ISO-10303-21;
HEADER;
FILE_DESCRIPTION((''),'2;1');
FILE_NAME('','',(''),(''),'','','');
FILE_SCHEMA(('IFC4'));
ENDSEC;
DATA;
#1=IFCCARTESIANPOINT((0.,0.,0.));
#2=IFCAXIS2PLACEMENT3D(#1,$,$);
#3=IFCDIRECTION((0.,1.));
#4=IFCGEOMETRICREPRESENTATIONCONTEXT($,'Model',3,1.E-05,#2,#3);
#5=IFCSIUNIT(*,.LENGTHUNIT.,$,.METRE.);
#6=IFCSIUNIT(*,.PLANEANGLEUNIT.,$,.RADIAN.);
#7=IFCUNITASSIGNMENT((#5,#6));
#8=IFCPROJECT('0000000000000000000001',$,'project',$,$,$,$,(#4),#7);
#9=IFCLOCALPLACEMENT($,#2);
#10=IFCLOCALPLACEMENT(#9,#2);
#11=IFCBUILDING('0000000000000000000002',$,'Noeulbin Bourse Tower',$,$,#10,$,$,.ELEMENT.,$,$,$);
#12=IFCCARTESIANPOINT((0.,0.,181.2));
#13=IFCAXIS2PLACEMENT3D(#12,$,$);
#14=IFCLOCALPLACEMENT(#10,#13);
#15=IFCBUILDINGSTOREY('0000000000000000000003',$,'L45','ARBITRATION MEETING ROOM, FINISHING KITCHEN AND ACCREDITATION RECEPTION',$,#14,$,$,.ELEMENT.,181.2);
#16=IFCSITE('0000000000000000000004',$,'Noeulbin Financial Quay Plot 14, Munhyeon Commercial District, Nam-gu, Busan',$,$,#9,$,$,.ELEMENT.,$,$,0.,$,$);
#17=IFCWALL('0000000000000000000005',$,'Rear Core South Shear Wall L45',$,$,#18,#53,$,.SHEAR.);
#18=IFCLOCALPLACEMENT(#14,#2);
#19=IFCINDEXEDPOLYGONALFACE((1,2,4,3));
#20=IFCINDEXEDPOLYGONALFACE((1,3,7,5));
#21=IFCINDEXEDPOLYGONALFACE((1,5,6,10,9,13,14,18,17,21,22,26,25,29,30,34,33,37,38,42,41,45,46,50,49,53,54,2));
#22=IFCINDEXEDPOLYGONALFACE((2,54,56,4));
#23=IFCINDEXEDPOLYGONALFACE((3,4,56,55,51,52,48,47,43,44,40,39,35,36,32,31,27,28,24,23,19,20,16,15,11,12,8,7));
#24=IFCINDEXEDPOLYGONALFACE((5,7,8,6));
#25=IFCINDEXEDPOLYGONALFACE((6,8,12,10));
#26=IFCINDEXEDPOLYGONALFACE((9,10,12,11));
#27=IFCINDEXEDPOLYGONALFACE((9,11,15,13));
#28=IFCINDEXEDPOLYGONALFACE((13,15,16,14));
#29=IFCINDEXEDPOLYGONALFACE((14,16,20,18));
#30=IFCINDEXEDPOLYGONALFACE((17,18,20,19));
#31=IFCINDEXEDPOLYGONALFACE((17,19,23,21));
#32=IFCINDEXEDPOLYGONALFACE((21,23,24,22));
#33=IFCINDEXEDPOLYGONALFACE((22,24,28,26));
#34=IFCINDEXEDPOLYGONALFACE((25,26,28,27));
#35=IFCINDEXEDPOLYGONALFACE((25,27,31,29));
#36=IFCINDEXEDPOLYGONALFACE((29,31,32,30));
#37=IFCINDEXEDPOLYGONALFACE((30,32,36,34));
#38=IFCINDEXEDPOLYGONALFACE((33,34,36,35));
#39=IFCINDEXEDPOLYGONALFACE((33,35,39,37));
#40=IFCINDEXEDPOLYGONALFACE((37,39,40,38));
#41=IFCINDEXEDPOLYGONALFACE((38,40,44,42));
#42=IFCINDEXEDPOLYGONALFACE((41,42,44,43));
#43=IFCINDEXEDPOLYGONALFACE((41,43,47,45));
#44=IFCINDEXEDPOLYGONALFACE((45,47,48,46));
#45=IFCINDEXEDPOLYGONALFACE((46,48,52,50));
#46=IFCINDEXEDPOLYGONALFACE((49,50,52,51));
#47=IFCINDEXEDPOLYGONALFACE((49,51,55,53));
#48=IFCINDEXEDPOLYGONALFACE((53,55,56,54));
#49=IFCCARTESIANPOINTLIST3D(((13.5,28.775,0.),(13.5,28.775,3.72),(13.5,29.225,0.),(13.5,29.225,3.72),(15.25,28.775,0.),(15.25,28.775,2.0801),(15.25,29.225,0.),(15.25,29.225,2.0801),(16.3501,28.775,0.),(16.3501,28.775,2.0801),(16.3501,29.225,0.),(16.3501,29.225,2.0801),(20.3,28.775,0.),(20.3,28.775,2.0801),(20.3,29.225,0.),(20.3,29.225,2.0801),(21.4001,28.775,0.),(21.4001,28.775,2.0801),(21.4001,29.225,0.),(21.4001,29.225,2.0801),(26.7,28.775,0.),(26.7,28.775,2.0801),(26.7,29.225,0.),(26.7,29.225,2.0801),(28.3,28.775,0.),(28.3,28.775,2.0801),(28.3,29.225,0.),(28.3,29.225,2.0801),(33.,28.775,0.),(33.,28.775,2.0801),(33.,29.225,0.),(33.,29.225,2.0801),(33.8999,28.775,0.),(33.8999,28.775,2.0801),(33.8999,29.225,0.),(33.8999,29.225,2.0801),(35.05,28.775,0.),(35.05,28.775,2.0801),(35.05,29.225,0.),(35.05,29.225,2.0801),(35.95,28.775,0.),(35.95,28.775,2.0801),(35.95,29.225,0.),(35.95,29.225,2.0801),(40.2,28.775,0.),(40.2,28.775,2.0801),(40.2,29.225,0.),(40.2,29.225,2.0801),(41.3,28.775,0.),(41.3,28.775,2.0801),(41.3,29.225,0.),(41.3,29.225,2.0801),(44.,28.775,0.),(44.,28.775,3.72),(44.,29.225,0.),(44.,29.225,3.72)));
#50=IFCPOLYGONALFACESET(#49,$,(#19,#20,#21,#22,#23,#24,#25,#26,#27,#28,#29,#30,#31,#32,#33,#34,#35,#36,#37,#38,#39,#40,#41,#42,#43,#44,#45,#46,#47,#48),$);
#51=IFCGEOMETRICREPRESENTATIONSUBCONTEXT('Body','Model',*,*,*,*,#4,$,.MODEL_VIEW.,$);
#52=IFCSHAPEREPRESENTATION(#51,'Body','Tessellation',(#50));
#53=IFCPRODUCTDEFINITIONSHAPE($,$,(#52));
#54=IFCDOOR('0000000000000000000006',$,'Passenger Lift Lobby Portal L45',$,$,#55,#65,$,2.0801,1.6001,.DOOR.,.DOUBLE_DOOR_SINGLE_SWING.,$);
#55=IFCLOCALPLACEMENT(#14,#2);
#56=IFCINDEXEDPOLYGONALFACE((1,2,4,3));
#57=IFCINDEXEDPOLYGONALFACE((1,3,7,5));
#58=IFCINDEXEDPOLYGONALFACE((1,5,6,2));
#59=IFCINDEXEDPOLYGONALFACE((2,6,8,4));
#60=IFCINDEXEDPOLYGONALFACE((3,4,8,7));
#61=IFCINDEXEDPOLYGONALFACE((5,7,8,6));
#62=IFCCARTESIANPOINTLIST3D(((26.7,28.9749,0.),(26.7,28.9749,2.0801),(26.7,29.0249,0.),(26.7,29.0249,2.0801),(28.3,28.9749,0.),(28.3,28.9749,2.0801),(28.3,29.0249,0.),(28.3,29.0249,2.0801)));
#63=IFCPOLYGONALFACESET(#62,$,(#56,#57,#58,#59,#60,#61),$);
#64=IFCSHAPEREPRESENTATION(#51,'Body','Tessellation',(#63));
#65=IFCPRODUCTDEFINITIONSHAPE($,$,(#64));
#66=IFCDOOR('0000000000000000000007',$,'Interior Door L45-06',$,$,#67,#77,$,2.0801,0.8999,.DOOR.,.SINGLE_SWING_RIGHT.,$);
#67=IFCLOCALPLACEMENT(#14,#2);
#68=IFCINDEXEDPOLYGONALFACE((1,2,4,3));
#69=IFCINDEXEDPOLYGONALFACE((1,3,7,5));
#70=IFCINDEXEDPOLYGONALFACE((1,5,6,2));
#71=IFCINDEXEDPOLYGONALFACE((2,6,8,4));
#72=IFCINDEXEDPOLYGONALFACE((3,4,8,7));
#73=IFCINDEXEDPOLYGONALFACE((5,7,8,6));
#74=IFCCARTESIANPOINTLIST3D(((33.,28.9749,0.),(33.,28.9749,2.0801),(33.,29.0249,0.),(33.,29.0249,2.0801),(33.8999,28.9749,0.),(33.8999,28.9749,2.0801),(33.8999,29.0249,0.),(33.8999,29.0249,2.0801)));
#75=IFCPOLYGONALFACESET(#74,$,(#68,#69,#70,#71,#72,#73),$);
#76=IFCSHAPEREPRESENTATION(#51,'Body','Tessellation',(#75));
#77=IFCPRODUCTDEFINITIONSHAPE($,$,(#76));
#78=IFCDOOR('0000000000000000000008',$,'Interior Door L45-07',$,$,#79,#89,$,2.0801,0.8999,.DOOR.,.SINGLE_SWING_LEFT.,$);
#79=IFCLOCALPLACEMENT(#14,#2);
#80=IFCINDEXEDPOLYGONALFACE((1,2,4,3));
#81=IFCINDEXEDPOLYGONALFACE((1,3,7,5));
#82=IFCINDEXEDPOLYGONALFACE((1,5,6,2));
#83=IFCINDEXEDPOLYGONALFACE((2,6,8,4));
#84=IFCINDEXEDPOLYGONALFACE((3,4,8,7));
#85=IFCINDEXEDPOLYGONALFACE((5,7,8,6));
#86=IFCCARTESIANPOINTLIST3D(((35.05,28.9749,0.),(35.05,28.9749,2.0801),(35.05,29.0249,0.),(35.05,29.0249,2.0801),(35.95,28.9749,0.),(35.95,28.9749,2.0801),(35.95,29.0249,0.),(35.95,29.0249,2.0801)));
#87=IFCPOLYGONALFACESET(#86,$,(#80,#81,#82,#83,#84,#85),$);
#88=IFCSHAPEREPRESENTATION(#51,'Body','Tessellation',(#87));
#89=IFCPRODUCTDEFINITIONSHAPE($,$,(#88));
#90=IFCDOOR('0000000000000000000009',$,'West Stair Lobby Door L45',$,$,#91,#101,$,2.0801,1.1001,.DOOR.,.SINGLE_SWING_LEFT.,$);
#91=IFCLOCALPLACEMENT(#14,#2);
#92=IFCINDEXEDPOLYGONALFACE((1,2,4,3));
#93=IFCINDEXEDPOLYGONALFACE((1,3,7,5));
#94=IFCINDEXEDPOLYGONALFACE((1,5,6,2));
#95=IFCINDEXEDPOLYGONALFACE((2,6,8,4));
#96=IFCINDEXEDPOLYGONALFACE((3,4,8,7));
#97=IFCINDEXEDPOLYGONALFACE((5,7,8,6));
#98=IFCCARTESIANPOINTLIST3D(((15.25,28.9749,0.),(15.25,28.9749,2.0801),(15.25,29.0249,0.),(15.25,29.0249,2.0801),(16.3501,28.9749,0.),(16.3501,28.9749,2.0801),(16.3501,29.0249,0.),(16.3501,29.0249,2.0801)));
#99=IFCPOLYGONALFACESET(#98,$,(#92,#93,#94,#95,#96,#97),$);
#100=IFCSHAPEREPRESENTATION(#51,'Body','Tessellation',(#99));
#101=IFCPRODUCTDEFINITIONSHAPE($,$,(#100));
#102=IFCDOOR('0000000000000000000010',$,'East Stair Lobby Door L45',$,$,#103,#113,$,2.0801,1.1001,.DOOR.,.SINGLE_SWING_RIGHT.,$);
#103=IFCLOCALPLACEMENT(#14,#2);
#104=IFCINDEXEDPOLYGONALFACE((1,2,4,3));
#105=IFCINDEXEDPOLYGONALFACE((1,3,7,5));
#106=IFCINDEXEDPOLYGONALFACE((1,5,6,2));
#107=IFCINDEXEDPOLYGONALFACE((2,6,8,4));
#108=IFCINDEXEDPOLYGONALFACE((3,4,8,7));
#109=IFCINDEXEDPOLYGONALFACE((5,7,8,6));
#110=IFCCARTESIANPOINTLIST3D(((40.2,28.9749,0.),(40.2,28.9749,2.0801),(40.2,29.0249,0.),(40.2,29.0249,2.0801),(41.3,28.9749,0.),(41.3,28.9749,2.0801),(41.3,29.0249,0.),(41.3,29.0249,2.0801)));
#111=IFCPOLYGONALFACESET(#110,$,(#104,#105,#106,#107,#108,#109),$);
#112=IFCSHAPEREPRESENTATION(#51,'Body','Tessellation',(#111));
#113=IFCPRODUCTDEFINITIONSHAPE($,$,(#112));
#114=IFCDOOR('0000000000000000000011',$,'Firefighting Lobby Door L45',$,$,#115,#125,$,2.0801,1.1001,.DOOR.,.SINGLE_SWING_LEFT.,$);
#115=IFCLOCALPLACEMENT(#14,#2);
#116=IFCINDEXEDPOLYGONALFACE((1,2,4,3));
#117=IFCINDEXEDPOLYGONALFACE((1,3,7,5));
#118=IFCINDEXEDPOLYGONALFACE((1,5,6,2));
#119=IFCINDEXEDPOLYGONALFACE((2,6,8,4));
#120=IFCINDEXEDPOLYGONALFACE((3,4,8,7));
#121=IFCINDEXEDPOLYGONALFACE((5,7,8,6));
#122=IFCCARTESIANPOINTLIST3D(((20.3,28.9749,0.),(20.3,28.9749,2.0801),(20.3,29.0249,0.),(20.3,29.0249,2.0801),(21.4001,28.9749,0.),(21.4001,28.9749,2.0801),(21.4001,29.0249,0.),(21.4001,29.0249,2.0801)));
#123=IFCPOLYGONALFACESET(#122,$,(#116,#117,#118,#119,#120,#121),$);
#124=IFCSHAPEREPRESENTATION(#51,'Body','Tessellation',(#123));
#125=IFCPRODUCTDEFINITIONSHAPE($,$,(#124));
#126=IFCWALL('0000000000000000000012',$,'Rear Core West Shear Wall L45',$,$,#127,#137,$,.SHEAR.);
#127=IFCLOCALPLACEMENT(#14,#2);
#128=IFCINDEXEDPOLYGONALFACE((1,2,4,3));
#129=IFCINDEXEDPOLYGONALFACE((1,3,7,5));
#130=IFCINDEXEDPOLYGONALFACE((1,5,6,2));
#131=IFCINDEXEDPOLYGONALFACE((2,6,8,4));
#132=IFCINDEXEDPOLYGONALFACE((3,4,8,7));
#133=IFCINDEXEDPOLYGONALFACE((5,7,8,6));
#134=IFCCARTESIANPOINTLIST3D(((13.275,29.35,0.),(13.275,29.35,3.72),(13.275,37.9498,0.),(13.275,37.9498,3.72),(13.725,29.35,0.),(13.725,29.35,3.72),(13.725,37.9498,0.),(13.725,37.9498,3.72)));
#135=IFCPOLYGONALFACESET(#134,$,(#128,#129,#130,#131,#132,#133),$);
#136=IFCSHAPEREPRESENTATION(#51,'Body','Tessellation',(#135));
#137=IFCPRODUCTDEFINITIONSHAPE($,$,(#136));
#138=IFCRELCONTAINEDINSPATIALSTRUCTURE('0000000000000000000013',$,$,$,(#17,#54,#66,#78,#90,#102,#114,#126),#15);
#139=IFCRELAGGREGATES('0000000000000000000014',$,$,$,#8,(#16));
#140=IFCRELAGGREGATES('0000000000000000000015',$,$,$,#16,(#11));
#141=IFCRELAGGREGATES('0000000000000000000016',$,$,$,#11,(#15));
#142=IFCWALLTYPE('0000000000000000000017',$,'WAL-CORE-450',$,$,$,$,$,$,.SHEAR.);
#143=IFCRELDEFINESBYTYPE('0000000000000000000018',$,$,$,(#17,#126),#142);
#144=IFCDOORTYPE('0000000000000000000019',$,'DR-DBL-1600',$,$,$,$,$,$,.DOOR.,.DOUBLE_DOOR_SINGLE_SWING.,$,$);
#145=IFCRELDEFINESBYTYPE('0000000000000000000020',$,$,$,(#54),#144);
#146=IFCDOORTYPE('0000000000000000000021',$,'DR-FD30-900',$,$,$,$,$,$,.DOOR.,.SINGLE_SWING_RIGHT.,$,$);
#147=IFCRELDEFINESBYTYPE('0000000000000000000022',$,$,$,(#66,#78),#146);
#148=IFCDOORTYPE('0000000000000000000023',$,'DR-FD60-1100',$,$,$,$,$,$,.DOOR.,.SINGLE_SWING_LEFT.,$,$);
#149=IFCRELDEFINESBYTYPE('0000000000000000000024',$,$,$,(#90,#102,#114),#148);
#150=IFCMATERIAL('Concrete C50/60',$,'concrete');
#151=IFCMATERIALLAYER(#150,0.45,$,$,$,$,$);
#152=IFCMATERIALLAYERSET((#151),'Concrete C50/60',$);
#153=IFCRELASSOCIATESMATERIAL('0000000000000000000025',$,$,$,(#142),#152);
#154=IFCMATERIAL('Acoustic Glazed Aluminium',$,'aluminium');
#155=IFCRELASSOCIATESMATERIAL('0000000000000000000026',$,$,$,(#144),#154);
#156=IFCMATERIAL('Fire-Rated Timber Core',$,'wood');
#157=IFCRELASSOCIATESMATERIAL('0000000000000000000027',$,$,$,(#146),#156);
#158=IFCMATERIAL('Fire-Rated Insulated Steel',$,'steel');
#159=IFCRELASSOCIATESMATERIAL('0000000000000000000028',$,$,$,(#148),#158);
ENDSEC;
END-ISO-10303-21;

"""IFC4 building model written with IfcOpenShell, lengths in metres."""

from ifc_helpers import new_model, si_unit, direction, frame, frame_2d, origin, place, context, subcontext, project, spatial, rectangle, extrude, material, layer, layer_set, type_object, element, fill, save


model = new_model("IFC4")

# Units and contexts
model_context = context("Model", 3, precision=1e-05, world=origin(), true_north=direction((0.0, 1.0)))
body_context = subcontext(model_context, "Body", "Model", "MODEL_VIEW")
ifc_project = project(units=[si_unit("LENGTHUNIT", "METRE"), si_unit("PLANEANGLEUNIT", "RADIAN")], contexts=[model_context])

# Site, building, storey
site_placement = place(None, origin())
site = spatial("IfcSite", under=ifc_project, at=site_placement, Name="Noeulbin Financial Quay Plot 14, Munhyeon Commercial District, Nam-gu, Busan", CompositionType="ELEMENT", RefElevation=0.0)
building_placement = place(site_placement, origin())
building = spatial("IfcBuilding", under=site, at=building_placement, Name="Noeulbin Bourse Tower", CompositionType="ELEMENT")
storey_placement = place(building_placement, frame((0.0, 0.0, 181.2)))
storey = spatial("IfcBuildingStorey", under=building, at=storey_placement, Name="L45", Description="ARBITRATION MEETING ROOM, FINISHING KITCHEN AND ACCREDITATION RECEPTION", CompositionType="ELEMENT", Elevation=181.2)

# Wall, openings, doors
ifc_material_1 = material(Name="Concrete C50/60", Category="concrete")
ifc_layer_1 = layer(ifc_material_1, 0.45)
ifc_layer_set_1 = layer_set([ifc_layer_1], Name="Concrete C50/60")
wall_type_1 = type_object("IfcWallType", Name="WAL-CORE-450", PredefinedType="SHEAR", material=ifc_layer_set_1)
wall_1_placement = place(storey_placement, frame((13.5, 29.0, 0.0), z_axis=(0.0, 0.0, 1.0), x_axis=(1.0, 0.0, 0.0)))
wall_1 = element("IfcWall", 1, at=wall_1_placement, inside=storey, type_object=wall_type_1, Name="Rear Core South Shear Wall L45", PredefinedType="SHEAR", context=body_context, shape_type="SweptSolid", body=[
    extrude(rectangle(XDim=30.5, YDim=0.45, at=frame_2d((15.25, 0.0))), origin(), (0.0, 0.0, 1.0), 3.72),
])
opening_1_placement = place(wall_1_placement, frame((1.75, 0.0, 0.0)))
opening_1 = element("IfcOpeningElement", 2, at=opening_1_placement, cuts=wall_1, PredefinedType="OPENING", context=body_context, shape_type="SweptSolid", body=[
    extrude(rectangle(XDim=1.1001, YDim=2.0801, at=frame_2d((0.55, 1.04))), frame((0.0, 0.2349, 0.0), z_axis=(0.0, -1.0, 0.0), x_axis=(1.0, 0.0, 0.0)), (0.0, 0.0, 1.0), 0.47),
])
opening_2_placement = place(wall_1_placement, frame((26.7, 0.0, 0.0)))
opening_2 = element("IfcOpeningElement", 3, at=opening_2_placement, cuts=wall_1, PredefinedType="OPENING", context=body_context, shape_type="SweptSolid", body=[
    extrude(rectangle(XDim=1.1001, YDim=2.0801, at=frame_2d((0.55, 1.04))), frame((0.0, 0.2349, 0.0), z_axis=(0.0, -1.0, 0.0), x_axis=(1.0, 0.0, 0.0)), (0.0, 0.0, 1.0), 0.47),
])
opening_3_placement = place(wall_1_placement, frame((6.8, 0.0, 0.0)))
opening_3 = element("IfcOpeningElement", 4, at=opening_3_placement, cuts=wall_1, PredefinedType="OPENING", context=body_context, shape_type="SweptSolid", body=[
    extrude(rectangle(XDim=1.1001, YDim=2.0801, at=frame_2d((0.55, 1.04))), frame((0.0, 0.2349, 0.0), z_axis=(0.0, -1.0, 0.0), x_axis=(1.0, 0.0, 0.0)), (0.0, 0.0, 1.0), 0.47),
])
opening_4_placement = place(wall_1_placement, frame((13.2, 0.0, 0.0)))
opening_4 = element("IfcOpeningElement", 5, at=opening_4_placement, cuts=wall_1, PredefinedType="OPENING", context=body_context, shape_type="SweptSolid", body=[
    extrude(rectangle(XDim=1.6001, YDim=2.0801, at=frame_2d((0.8, 1.04))), frame((0.0, 0.2349, 0.0), z_axis=(0.0, -1.0, 0.0), x_axis=(1.0, 0.0, 0.0)), (0.0, 0.0, 1.0), 0.47),
])
opening_5_placement = place(wall_1_placement, frame((19.5, 0.0, 0.0)))
opening_5 = element("IfcOpeningElement", 6, at=opening_5_placement, cuts=wall_1, PredefinedType="OPENING", context=body_context, shape_type="SweptSolid", body=[
    extrude(rectangle(XDim=0.8999, YDim=2.0801, at=frame_2d((0.45, 1.04))), frame((0.0, 0.2349, 0.0), z_axis=(0.0, -1.0, 0.0), x_axis=(1.0, 0.0, 0.0)), (0.0, 0.0, 1.0), 0.47),
])
opening_6_placement = place(wall_1_placement, frame((21.55, 0.0, 0.0)))
opening_6 = element("IfcOpeningElement", 7, at=opening_6_placement, cuts=wall_1, PredefinedType="OPENING", context=body_context, shape_type="SweptSolid", body=[
    extrude(rectangle(XDim=0.8999, YDim=2.0801, at=frame_2d((0.45, 1.04))), frame((0.0, 0.2349, 0.0), z_axis=(0.0, -1.0, 0.0), x_axis=(1.0, 0.0, 0.0)), (0.0, 0.0, 1.0), 0.47),
])
ifc_material_2 = material(Name="Acoustic Glazed Aluminium", Category="aluminium")
door_type_1 = type_object("IfcDoorType", Name="DR-DBL-1600", OperationType="DOUBLE_DOOR_SINGLE_SWING", PredefinedType="DOOR", material=ifc_material_2)
door_1_placement = place(opening_4_placement, origin())
door_1 = element("IfcDoor", 8, at=door_1_placement, inside=storey, type_object=door_type_1, Name="Passenger Lift Lobby Portal L45", OperationType="DOUBLE_DOOR_SINGLE_SWING", OverallHeight=2.0801, OverallWidth=1.6001, PredefinedType="DOOR", context=body_context, shape_type="SweptSolid", body=[
    extrude(rectangle(XDim=1.6001, YDim=2.0801, at=frame_2d((0.8, 1.04))), frame((0.0, 0.0249, 0.0), z_axis=(0.0, -1.0, 0.0), x_axis=(1.0, 0.0, 0.0)), (0.0, 0.0, 1.0), 0.05),
])
fill(opening_4, door_1)
ifc_material_3 = material(Name="Fire-Rated Timber Core", Category="wood")
door_type_2 = type_object("IfcDoorType", Name="DR-FD30-900", OperationType="SINGLE_SWING_RIGHT", PredefinedType="DOOR", material=ifc_material_3)
door_2_placement = place(opening_5_placement, origin())
door_2 = element("IfcDoor", 9, at=door_2_placement, inside=storey, type_object=door_type_2, Name="Interior Door L45-06", OperationType="SINGLE_SWING_RIGHT", OverallHeight=2.0801, OverallWidth=0.8999, PredefinedType="DOOR", context=body_context, shape_type="SweptSolid", body=[
    extrude(rectangle(XDim=0.8999, YDim=2.0801, at=frame_2d((0.45, 1.04))), frame((0.0, 0.0249, 0.0), z_axis=(0.0, -1.0, 0.0), x_axis=(1.0, 0.0, 0.0)), (0.0, 0.0, 1.0), 0.05),
])
fill(opening_5, door_2)
door_3_placement = place(opening_6_placement, origin())
door_3 = element("IfcDoor", 10, at=door_3_placement, inside=storey, type_object=door_type_2, Name="Interior Door L45-07", OperationType="SINGLE_SWING_LEFT", OverallHeight=2.0801, OverallWidth=0.8999, PredefinedType="DOOR", context=body_context, shape_type="SweptSolid", body=[
    extrude(rectangle(XDim=0.8999, YDim=2.0801, at=frame_2d((0.45, 1.04))), frame((0.0, 0.0249, 0.0), z_axis=(0.0, -1.0, 0.0), x_axis=(1.0, 0.0, 0.0)), (0.0, 0.0, 1.0), 0.05),
])
fill(opening_6, door_3)
ifc_material_4 = material(Name="Fire-Rated Insulated Steel", Category="steel")
door_type_3 = type_object("IfcDoorType", Name="DR-FD60-1100", OperationType="SINGLE_SWING_LEFT", PredefinedType="DOOR", material=ifc_material_4)
door_4_placement = place(opening_1_placement, origin())
door_4 = element("IfcDoor", 11, at=door_4_placement, inside=storey, type_object=door_type_3, Name="West Stair Lobby Door L45", OperationType="SINGLE_SWING_LEFT", OverallHeight=2.0801, OverallWidth=1.1001, PredefinedType="DOOR", context=body_context, shape_type="SweptSolid", body=[
    extrude(rectangle(XDim=1.1001, YDim=2.0801, at=frame_2d((0.55, 1.04))), frame((0.0, 0.0249, 0.0), z_axis=(0.0, -1.0, 0.0), x_axis=(1.0, 0.0, 0.0)), (0.0, 0.0, 1.0), 0.05),
])
fill(opening_1, door_4)
door_5_placement = place(opening_2_placement, origin())
door_5 = element("IfcDoor", 12, at=door_5_placement, inside=storey, type_object=door_type_3, Name="East Stair Lobby Door L45", OperationType="SINGLE_SWING_RIGHT", OverallHeight=2.0801, OverallWidth=1.1001, PredefinedType="DOOR", context=body_context, shape_type="SweptSolid", body=[
    extrude(rectangle(XDim=1.1001, YDim=2.0801, at=frame_2d((0.55, 1.04))), frame((0.0, 0.0249, 0.0), z_axis=(0.0, -1.0, 0.0), x_axis=(1.0, 0.0, 0.0)), (0.0, 0.0, 1.0), 0.05),
])
fill(opening_2, door_5)
door_6_placement = place(opening_3_placement, origin())
door_6 = element("IfcDoor", 13, at=door_6_placement, inside=storey, type_object=door_type_3, Name="Firefighting Lobby Door L45", OperationType="SINGLE_SWING_LEFT", OverallHeight=2.0801, OverallWidth=1.1001, PredefinedType="DOOR", context=body_context, shape_type="SweptSolid", body=[
    extrude(rectangle(XDim=1.1001, YDim=2.0801, at=frame_2d((0.55, 1.04))), frame((0.0, 0.0249, 0.0), z_axis=(0.0, -1.0, 0.0), x_axis=(1.0, 0.0, 0.0)), (0.0, 0.0, 1.0), 0.05),
])
fill(opening_3, door_6)

# Wall
wall_2_placement = place(storey_placement, frame((13.5, 29.3501, 0.0), z_axis=(0.0, 0.0, 1.0), x_axis=(0.0, 1.0, 0.0)))
element("IfcWall", 14, at=wall_2_placement, inside=storey, type_object=wall_type_1, Name="Rear Core West Shear Wall L45", PredefinedType="SHEAR", context=body_context, shape_type="SweptSolid", body=[
    extrude(rectangle(XDim=8.5999, YDim=0.45, at=frame_2d((4.2998, 0.0))), origin(), (0.0, 0.0, 1.0), 3.72),
])

save(model, "model.ifc")
